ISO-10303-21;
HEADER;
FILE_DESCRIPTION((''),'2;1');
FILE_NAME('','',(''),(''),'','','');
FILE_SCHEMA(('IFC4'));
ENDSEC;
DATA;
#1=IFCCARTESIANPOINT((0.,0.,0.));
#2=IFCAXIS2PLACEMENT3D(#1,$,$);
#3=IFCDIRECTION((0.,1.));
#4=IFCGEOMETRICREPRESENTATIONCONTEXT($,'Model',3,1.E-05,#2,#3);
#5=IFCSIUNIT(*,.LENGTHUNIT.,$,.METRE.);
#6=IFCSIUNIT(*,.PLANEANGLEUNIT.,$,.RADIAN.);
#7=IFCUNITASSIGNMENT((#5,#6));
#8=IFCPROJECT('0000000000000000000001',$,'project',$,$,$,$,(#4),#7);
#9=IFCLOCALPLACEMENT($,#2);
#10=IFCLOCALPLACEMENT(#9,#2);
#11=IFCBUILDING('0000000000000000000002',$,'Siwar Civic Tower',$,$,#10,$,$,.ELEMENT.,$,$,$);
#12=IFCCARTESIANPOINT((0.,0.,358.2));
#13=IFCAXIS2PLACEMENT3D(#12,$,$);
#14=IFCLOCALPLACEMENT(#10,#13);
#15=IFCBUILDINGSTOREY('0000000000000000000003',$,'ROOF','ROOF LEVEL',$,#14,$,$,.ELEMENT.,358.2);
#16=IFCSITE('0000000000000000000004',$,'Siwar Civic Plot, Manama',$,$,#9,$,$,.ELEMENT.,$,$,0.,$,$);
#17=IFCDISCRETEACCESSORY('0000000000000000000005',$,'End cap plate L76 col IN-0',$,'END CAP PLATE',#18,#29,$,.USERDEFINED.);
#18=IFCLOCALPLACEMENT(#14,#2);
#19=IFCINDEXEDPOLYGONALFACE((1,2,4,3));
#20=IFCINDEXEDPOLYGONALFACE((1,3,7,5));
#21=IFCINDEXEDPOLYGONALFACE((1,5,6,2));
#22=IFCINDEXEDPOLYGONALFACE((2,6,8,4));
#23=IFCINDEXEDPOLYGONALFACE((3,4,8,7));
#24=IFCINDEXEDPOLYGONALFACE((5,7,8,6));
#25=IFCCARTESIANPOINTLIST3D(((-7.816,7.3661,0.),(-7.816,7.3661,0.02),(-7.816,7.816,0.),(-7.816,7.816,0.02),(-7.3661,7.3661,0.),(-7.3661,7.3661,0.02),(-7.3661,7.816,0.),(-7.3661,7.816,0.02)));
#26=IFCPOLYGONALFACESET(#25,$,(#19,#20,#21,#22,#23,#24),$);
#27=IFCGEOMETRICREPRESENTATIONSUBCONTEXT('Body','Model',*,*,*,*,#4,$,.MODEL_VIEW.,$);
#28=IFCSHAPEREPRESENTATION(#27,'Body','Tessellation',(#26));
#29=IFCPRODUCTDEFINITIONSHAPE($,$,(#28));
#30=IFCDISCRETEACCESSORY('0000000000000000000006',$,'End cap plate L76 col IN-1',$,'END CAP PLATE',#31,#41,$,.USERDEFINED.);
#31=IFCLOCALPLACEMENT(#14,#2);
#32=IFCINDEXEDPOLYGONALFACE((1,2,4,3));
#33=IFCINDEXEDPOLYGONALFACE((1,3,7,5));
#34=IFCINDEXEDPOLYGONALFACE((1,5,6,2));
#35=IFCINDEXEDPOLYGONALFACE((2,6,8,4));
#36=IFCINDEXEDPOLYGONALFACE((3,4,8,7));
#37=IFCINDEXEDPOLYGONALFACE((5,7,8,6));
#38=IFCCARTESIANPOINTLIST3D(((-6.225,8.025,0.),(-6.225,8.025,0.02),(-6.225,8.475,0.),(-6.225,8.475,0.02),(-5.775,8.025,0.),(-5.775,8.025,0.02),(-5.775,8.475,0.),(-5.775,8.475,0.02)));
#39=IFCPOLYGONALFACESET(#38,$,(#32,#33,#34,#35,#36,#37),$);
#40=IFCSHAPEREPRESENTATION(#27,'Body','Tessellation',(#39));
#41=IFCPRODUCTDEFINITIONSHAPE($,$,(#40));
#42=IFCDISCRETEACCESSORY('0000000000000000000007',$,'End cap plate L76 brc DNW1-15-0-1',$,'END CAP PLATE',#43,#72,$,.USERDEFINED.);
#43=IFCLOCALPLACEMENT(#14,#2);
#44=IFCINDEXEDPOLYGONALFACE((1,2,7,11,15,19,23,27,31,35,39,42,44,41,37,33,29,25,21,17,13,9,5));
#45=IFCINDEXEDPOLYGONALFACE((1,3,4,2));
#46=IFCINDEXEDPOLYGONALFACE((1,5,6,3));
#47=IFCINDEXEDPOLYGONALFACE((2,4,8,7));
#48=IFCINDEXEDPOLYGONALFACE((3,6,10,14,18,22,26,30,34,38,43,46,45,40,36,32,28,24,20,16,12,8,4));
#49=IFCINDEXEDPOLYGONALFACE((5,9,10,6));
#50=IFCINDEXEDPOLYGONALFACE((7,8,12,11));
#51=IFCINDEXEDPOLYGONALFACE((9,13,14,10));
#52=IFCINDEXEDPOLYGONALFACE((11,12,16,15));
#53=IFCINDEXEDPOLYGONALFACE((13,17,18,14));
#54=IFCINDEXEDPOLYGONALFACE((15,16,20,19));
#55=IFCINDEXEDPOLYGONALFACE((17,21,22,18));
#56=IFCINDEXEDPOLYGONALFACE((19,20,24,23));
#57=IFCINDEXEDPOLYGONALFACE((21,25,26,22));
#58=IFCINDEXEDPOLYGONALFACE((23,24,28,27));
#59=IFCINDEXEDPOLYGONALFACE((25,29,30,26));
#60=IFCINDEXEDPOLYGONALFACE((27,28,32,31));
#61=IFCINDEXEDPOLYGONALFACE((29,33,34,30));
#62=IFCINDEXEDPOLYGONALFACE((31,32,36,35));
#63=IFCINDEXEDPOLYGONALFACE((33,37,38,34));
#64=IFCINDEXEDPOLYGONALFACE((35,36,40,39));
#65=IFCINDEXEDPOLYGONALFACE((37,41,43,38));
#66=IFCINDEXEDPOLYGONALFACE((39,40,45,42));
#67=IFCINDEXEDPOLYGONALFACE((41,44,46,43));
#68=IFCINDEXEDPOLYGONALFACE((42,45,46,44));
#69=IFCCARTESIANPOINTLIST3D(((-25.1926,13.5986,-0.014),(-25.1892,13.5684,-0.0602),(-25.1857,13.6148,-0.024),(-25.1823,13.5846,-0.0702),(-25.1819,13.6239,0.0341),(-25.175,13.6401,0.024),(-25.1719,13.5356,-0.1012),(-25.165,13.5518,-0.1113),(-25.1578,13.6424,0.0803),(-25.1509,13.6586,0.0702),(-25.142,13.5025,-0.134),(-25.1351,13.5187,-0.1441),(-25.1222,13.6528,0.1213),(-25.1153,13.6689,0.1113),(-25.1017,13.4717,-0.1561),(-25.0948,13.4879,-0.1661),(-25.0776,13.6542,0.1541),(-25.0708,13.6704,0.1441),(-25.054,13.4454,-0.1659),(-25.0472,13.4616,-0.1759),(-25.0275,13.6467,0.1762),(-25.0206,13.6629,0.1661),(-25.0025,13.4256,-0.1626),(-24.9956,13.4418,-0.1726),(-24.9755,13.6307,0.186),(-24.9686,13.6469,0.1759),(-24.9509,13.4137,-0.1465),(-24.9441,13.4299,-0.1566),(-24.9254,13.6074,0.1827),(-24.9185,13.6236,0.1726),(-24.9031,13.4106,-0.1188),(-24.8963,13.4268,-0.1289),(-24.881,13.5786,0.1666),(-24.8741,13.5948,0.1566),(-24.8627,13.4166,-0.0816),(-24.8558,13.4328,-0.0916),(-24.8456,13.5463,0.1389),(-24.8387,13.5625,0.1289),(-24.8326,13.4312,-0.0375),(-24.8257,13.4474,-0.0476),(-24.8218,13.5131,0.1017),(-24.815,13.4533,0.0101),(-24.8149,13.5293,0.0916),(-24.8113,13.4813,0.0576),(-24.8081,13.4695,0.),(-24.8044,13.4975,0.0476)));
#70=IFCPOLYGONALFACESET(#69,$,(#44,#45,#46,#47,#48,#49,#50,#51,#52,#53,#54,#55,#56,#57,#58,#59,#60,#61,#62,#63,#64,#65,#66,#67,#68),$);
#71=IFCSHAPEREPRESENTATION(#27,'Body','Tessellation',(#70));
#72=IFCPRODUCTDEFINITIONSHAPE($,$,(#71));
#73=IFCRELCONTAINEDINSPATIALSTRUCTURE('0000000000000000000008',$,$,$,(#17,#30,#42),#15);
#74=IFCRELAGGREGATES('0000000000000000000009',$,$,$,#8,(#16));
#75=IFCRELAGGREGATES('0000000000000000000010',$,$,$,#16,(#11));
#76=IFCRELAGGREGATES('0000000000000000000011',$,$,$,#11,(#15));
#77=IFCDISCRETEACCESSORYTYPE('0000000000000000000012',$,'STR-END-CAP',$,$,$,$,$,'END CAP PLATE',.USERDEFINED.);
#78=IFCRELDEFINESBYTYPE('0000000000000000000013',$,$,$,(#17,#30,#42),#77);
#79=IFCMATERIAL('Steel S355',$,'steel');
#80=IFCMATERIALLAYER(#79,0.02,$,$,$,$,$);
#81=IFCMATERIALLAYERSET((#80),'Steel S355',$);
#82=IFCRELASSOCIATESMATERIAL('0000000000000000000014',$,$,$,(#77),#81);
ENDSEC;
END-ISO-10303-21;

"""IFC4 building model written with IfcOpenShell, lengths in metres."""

from ifc_helpers import new_model, si_unit, direction, frame, origin, origin_2d, place, context, subcontext, project, spatial, rectangle, circle, extrude, material, layer, layer_set, type_object, element, save


model = new_model("IFC4")

# Units and contexts
model_context = context("Model", 3, precision=1e-05, world=origin(), true_north=direction((0.0, 1.0)))
body_context = subcontext(model_context, "Body", "Model", "MODEL_VIEW")
ifc_project = project(units=[si_unit("LENGTHUNIT", "METRE"), si_unit("PLANEANGLEUNIT", "RADIAN")], contexts=[model_context])

# Site, building, storey
site_placement = place(None, origin())
site = spatial("IfcSite", under=ifc_project, at=site_placement, Name="Siwar Civic Plot, Manama", CompositionType="ELEMENT", RefElevation=0.0)
building_placement = place(site_placement, origin())
building = spatial("IfcBuilding", under=site, at=building_placement, Name="Siwar Civic Tower", CompositionType="ELEMENT")
storey_placement = place(building_placement, frame((0.0, 0.0, 358.2)))
storey = spatial("IfcBuildingStorey", under=building, at=storey_placement, Name="ROOF", Description="ROOF LEVEL", CompositionType="ELEMENT", Elevation=358.2)

# Discrete accessories
ifc_material_1 = material(Name="Steel S355", Category="steel")
ifc_layer_1 = layer(ifc_material_1, 0.02)
ifc_layer_set_1 = layer_set([ifc_layer_1], Name="Steel S355")
discrete_accessory_type = type_object("IfcDiscreteAccessoryType", Name="STR-END-CAP", ElementType="END CAP PLATE", PredefinedType="USERDEFINED", material=ifc_layer_set_1)
for number, where, z_axis, x_axis, name in (
    (1, (-7.5911, 7.5911, 0.0), (0.0, 0.0, 1.0), (1.0, 0.0, 0.0), "End cap plate L76 col IN-0"),
    (2, (-6.0, 8.25, 0.0), (0.0, 0.0, 1.0), (1.0, 0.0, 0.0), "End cap plate L76 col IN-1"),
):
    element("IfcDiscreteAccessory", number, at=place(storey_placement, frame(where, z_axis=z_axis, x_axis=x_axis)), inside=storey, type_object=discrete_accessory_type, Name=name, ObjectType="END CAP PLATE", PredefinedType="USERDEFINED", context=body_context, shape_type="SweptSolid", body=[
        extrude(rectangle(XDim=0.45, YDim=0.45, at=origin_2d()), origin(), (0.0, 0.0, 1.0), 0.02),
    ])
discrete_accessory_placement = place(storey_placement, frame((-24.9951, 13.5488, 0.0), z_axis=(-0.339027, -0.799135, 0.496432), x_axis=(0.920582, -0.39055, 0.0)))
element("IfcDiscreteAccessory", 3, at=discrete_accessory_placement, inside=storey, type_object=discrete_accessory_type, Name="End cap plate L76 brc DNW1-15-0-1", ObjectType="END CAP PLATE", PredefinedType="USERDEFINED", context=body_context, shape_type="SweptSolid", body=[
    extrude(circle(Radius=0.2031, at=origin_2d()), origin(), (0.0, 0.0, 1.0), 0.0203),
])

save(model, "model.ifc")
